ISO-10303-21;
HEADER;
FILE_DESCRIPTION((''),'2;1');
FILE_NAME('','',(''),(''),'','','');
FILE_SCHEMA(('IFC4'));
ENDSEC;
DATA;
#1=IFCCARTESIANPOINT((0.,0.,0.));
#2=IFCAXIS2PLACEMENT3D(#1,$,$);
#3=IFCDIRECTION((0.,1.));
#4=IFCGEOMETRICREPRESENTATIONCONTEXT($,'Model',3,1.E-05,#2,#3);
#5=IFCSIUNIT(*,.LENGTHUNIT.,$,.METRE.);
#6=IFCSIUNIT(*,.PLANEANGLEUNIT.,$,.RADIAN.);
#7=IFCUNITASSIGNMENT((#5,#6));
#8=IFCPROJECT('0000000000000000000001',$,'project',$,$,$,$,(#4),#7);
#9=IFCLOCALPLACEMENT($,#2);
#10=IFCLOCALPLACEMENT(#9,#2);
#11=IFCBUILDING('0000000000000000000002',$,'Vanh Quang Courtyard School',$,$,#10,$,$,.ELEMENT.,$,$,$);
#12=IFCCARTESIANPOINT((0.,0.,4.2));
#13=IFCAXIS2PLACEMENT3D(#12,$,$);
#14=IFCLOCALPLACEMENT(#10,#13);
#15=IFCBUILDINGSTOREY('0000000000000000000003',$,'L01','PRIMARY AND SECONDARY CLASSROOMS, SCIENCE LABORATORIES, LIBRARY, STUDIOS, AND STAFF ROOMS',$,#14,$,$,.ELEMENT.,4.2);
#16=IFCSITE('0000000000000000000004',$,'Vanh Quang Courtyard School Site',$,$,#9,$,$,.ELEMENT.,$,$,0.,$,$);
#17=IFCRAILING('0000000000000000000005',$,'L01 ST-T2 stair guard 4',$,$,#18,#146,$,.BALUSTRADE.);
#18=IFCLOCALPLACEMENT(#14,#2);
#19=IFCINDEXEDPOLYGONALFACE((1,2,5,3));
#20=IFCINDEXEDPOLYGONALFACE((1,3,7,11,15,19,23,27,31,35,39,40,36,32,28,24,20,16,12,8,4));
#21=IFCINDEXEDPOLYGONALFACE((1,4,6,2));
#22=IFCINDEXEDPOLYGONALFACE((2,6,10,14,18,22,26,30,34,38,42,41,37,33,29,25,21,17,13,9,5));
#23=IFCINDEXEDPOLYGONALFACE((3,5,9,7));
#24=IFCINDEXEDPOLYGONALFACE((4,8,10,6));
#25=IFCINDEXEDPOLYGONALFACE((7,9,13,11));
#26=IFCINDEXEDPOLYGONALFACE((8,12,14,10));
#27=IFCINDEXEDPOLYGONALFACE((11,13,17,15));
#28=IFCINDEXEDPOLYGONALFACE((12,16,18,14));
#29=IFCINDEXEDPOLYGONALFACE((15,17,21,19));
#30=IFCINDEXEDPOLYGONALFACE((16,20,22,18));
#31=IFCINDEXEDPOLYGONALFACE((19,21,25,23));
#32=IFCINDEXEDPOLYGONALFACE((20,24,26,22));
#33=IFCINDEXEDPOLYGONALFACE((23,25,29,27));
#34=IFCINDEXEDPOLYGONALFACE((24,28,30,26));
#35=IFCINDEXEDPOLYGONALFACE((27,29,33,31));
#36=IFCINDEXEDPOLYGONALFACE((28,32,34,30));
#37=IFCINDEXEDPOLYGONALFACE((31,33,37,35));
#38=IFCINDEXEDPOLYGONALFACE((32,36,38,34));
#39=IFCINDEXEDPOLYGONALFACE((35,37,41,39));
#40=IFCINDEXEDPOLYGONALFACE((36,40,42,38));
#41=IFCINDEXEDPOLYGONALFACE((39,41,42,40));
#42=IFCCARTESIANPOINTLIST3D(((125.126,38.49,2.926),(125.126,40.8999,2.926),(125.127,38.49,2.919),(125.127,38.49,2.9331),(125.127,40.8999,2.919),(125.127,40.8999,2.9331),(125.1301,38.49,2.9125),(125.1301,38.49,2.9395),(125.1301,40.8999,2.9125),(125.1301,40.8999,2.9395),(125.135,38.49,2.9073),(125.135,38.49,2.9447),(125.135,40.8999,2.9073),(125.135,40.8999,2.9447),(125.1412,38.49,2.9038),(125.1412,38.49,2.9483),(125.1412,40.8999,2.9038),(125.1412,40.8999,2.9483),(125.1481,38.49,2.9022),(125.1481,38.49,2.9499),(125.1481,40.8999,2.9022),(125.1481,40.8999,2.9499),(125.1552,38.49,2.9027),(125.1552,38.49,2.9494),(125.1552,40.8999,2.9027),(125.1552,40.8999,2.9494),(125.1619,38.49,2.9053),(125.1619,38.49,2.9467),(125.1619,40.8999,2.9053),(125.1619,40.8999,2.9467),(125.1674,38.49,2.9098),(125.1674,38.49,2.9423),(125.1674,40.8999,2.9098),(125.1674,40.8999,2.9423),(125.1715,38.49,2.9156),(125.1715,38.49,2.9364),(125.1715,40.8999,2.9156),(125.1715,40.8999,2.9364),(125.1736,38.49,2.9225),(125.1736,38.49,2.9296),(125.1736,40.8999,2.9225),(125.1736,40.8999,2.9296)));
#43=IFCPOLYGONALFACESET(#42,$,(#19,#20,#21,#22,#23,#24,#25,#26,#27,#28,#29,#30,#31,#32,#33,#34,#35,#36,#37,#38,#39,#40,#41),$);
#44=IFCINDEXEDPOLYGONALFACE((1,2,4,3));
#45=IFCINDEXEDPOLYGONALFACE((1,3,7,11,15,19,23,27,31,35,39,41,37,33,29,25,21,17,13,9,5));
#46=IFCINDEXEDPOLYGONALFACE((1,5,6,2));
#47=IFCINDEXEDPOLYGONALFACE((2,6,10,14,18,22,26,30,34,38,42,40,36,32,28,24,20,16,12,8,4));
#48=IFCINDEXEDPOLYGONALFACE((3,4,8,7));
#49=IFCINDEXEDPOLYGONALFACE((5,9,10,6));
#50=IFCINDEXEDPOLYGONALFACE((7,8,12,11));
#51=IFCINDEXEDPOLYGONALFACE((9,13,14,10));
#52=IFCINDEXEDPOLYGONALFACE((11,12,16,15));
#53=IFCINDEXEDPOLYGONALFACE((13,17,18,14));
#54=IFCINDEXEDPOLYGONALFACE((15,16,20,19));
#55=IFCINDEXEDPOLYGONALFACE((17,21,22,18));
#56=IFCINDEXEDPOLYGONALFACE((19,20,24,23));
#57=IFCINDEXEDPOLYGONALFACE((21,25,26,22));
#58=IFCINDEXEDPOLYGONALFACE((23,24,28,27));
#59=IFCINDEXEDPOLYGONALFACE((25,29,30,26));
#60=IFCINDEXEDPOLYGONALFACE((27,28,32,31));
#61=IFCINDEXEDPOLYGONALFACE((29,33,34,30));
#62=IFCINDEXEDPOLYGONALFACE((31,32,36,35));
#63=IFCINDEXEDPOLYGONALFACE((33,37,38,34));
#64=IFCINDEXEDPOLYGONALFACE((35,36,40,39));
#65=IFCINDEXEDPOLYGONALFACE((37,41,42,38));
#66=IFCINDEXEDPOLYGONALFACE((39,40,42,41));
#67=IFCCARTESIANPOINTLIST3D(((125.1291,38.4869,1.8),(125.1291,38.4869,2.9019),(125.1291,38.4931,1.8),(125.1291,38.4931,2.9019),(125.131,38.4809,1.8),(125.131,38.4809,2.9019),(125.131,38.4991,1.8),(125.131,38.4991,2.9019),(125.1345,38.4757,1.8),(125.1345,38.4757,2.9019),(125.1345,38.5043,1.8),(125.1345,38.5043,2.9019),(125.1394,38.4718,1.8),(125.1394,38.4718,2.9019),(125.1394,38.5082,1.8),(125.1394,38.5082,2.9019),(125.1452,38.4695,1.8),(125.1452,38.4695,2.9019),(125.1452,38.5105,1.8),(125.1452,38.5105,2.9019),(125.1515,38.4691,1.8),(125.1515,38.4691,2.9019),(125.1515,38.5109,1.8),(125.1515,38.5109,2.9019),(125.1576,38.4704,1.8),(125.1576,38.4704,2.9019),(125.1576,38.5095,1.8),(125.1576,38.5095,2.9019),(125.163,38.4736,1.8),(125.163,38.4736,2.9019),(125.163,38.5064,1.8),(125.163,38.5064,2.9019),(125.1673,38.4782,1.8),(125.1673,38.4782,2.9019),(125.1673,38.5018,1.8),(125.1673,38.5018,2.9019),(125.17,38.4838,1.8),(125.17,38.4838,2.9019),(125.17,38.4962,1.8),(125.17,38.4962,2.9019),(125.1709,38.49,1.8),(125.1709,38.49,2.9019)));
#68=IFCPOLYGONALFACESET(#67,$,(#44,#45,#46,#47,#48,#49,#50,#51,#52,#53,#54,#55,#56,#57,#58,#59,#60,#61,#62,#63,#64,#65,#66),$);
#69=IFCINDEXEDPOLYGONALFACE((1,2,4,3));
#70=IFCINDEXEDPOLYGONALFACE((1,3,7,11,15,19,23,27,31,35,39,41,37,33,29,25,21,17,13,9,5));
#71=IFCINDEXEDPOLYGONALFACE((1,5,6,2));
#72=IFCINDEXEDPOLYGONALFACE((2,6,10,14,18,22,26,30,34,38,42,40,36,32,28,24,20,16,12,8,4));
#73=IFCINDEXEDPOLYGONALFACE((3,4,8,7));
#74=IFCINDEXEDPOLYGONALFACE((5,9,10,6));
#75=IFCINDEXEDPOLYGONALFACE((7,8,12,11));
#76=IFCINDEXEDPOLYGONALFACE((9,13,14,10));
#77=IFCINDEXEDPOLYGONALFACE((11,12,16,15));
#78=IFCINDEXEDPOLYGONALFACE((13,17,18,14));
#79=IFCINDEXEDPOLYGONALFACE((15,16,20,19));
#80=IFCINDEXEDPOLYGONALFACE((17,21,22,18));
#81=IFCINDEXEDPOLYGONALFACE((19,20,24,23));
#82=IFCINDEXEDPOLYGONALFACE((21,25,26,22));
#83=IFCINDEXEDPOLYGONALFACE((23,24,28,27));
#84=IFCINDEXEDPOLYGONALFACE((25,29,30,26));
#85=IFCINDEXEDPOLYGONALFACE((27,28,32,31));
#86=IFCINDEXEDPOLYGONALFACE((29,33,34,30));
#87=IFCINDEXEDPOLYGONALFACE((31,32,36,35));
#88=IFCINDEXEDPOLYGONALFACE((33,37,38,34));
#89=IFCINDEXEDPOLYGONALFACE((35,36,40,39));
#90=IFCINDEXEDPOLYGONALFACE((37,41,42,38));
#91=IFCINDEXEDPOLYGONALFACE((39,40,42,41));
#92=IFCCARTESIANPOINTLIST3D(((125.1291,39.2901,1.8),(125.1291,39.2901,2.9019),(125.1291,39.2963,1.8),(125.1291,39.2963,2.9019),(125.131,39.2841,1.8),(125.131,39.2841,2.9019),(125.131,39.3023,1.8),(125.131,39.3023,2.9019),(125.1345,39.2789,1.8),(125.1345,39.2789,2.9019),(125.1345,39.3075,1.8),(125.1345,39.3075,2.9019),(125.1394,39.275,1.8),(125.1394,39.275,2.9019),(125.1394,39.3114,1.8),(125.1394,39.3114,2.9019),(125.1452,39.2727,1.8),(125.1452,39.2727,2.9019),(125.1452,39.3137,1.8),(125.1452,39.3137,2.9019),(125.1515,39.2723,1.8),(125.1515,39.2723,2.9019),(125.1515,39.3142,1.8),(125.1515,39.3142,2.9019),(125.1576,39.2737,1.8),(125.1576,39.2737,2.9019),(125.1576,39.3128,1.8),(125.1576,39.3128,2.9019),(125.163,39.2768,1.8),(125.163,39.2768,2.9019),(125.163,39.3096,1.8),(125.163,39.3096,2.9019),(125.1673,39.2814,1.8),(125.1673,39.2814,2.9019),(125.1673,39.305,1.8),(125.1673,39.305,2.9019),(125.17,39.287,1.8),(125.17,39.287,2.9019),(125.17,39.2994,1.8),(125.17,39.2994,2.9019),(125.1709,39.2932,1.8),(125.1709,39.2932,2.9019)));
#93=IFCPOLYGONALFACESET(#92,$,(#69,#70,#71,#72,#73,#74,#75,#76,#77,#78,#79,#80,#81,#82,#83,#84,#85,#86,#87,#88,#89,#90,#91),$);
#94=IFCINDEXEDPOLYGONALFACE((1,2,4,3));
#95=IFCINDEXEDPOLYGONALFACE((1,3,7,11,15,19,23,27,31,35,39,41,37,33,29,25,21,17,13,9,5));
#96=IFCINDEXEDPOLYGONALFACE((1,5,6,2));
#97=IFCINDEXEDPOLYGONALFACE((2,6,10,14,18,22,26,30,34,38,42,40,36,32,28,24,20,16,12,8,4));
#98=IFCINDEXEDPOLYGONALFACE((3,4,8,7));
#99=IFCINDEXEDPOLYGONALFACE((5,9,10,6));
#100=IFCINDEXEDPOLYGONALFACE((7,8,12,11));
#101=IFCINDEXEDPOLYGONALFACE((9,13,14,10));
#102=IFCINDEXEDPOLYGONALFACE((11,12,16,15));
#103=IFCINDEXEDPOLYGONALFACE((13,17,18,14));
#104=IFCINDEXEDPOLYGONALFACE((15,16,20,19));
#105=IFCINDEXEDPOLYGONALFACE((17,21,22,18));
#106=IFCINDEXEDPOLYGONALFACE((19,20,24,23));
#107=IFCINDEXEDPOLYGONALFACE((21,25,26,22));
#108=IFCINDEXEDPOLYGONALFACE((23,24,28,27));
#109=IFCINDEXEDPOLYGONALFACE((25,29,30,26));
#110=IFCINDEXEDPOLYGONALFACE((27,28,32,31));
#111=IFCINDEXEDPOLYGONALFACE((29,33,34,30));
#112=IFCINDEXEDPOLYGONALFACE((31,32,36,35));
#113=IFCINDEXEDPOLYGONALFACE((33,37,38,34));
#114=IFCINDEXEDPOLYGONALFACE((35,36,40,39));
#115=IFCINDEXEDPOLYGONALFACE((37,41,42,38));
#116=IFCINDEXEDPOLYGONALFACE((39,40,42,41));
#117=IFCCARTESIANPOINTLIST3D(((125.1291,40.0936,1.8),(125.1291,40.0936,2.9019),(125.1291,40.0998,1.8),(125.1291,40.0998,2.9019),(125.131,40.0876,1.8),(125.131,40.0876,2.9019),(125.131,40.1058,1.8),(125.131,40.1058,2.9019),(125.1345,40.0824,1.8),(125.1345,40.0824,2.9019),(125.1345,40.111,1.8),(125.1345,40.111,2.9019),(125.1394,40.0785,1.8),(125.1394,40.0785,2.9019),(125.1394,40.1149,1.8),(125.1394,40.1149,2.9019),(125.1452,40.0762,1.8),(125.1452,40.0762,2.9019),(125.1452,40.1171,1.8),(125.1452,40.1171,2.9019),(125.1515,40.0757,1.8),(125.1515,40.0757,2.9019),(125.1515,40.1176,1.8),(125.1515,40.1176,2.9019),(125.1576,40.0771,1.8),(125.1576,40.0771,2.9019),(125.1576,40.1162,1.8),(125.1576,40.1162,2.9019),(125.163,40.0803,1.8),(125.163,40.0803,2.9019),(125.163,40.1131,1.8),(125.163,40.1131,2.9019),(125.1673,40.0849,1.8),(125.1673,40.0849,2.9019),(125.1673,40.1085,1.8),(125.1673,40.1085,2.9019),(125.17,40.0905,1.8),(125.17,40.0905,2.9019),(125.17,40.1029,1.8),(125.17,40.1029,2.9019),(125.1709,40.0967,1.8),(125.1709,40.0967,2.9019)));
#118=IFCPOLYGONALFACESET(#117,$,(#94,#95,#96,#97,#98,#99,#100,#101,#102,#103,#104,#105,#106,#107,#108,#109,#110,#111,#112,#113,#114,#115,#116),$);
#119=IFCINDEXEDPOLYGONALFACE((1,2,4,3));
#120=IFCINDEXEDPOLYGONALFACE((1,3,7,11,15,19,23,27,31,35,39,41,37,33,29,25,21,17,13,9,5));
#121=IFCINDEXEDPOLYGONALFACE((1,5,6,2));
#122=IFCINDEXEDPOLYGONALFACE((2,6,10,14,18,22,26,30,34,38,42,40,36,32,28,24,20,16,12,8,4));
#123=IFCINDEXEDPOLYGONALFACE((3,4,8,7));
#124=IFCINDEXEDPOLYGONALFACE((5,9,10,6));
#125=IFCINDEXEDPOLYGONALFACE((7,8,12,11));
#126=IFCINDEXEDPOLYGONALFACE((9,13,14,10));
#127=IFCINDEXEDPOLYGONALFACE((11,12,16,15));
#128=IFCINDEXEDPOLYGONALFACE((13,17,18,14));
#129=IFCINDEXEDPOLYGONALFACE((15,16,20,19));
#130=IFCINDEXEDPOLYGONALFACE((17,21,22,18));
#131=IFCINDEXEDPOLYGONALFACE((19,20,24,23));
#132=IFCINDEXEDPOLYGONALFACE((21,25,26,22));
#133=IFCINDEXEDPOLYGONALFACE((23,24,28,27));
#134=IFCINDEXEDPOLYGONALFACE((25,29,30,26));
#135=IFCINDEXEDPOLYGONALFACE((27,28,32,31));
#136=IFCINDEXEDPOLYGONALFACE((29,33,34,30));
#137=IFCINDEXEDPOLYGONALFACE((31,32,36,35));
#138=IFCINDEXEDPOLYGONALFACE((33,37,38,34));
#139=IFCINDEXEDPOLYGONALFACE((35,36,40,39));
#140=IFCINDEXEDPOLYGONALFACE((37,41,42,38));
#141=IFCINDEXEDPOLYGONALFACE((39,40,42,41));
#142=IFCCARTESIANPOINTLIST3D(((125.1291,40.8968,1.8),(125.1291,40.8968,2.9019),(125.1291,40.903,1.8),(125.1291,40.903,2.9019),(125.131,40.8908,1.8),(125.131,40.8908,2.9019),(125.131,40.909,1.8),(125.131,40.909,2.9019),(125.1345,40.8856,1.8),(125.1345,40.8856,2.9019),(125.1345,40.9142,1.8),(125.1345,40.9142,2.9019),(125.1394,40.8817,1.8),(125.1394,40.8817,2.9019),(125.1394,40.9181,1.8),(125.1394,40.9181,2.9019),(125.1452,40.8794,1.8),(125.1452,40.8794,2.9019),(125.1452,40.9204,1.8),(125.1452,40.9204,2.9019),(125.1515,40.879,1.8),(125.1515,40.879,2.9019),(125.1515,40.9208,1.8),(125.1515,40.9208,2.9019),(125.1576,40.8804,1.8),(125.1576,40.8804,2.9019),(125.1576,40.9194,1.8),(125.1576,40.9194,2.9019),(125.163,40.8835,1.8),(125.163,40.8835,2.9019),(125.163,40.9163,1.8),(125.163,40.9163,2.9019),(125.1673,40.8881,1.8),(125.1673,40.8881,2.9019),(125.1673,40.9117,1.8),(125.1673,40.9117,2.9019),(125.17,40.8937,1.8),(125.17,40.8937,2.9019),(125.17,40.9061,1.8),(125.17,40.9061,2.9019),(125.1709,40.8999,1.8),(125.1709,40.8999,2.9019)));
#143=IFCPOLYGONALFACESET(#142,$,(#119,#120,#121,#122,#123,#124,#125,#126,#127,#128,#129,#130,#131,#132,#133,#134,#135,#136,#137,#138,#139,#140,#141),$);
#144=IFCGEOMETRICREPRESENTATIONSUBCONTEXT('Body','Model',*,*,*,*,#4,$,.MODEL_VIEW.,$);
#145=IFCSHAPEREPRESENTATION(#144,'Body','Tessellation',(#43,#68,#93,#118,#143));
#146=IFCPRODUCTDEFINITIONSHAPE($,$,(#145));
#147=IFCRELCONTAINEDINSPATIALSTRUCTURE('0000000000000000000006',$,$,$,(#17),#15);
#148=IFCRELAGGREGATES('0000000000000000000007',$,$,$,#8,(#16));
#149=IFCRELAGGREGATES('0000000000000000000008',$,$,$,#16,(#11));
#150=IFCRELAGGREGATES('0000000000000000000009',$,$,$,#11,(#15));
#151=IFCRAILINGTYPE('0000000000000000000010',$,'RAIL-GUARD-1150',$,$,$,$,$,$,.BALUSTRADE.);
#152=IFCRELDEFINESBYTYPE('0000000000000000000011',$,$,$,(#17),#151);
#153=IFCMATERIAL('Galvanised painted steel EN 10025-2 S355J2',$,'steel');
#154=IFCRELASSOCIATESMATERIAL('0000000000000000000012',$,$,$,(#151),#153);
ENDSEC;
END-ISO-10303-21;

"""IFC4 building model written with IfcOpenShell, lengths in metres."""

from ifc_helpers import new_model, si_unit, direction, frame, origin, origin_2d, place, context, subcontext, project, spatial, circle, extrude, material, type_object, element, save


model = new_model("IFC4")

# Units and contexts
model_context = context("Model", 3, precision=1e-05, world=origin(), true_north=direction((0.0, 1.0)))
body_context = subcontext(model_context, "Body", "Model", "MODEL_VIEW")
ifc_project = project(units=[si_unit("LENGTHUNIT", "METRE"), si_unit("PLANEANGLEUNIT", "RADIAN")], contexts=[model_context])

# Site, building, storey
site_placement = place(None, origin())
site = spatial("IfcSite", under=ifc_project, at=site_placement, Name="Vanh Quang Courtyard School Site", CompositionType="ELEMENT", RefElevation=0.0)
building_placement = place(site_placement, origin())
building = spatial("IfcBuilding", under=site, at=building_placement, Name="Vanh Quang Courtyard School", CompositionType="ELEMENT")
storey_placement = place(building_placement, frame((0.0, 0.0, 4.2)))
storey = spatial("IfcBuildingStorey", under=building, at=storey_placement, Name="L01", Description="PRIMARY AND SECONDARY CLASSROOMS, SCIENCE LABORATORIES, LIBRARY, STUDIOS, AND STAFF ROOMS", CompositionType="ELEMENT", Elevation=4.2)

# Railing
ifc_material_1 = material(Name="Galvanised painted steel EN 10025-2 S355J2", Category="steel")
railing_type_1 = type_object("IfcRailingType", Name="RAIL-GUARD-1150", PredefinedType="BALUSTRADE", material=ifc_material_1)
railing_1_placement = place(storey_placement, frame((125.1499, 38.49, 1.8)))
element("IfcRailing", 1, at=railing_1_placement, inside=storey, type_object=railing_type_1, Name="L01 ST-T2 stair guard 4", PredefinedType="BALUSTRADE", context=body_context, shape_type="SweptSolid", body=[
    extrude(circle(Radius=0.0239, at=origin_2d()), frame((0.0, 0.0, 1.126), z_axis=(0.0, 1.0, 0.0), x_axis=(-1.0, 0.0, 0.0)), (0.0, 0.0, 1.0), 2.4099),
    extrude(circle(Radius=0.021, at=origin_2d()), origin(), (0.0, 0.0, 1.0), 1.1018),
    extrude(circle(Radius=0.021, at=origin_2d()), frame((0.0, 0.8032, 0.0)), (0.0, 0.0, 1.0), 1.1018),
    extrude(circle(Radius=0.021, at=origin_2d()), frame((0.0, 1.6067, 0.0)), (0.0, 0.0, 1.0), 1.1018),
    extrude(circle(Radius=0.021, at=origin_2d()), frame((0.0, 2.4099, 0.0)), (0.0, 0.0, 1.0), 1.1018),
])

save(model, "model.ifc")
